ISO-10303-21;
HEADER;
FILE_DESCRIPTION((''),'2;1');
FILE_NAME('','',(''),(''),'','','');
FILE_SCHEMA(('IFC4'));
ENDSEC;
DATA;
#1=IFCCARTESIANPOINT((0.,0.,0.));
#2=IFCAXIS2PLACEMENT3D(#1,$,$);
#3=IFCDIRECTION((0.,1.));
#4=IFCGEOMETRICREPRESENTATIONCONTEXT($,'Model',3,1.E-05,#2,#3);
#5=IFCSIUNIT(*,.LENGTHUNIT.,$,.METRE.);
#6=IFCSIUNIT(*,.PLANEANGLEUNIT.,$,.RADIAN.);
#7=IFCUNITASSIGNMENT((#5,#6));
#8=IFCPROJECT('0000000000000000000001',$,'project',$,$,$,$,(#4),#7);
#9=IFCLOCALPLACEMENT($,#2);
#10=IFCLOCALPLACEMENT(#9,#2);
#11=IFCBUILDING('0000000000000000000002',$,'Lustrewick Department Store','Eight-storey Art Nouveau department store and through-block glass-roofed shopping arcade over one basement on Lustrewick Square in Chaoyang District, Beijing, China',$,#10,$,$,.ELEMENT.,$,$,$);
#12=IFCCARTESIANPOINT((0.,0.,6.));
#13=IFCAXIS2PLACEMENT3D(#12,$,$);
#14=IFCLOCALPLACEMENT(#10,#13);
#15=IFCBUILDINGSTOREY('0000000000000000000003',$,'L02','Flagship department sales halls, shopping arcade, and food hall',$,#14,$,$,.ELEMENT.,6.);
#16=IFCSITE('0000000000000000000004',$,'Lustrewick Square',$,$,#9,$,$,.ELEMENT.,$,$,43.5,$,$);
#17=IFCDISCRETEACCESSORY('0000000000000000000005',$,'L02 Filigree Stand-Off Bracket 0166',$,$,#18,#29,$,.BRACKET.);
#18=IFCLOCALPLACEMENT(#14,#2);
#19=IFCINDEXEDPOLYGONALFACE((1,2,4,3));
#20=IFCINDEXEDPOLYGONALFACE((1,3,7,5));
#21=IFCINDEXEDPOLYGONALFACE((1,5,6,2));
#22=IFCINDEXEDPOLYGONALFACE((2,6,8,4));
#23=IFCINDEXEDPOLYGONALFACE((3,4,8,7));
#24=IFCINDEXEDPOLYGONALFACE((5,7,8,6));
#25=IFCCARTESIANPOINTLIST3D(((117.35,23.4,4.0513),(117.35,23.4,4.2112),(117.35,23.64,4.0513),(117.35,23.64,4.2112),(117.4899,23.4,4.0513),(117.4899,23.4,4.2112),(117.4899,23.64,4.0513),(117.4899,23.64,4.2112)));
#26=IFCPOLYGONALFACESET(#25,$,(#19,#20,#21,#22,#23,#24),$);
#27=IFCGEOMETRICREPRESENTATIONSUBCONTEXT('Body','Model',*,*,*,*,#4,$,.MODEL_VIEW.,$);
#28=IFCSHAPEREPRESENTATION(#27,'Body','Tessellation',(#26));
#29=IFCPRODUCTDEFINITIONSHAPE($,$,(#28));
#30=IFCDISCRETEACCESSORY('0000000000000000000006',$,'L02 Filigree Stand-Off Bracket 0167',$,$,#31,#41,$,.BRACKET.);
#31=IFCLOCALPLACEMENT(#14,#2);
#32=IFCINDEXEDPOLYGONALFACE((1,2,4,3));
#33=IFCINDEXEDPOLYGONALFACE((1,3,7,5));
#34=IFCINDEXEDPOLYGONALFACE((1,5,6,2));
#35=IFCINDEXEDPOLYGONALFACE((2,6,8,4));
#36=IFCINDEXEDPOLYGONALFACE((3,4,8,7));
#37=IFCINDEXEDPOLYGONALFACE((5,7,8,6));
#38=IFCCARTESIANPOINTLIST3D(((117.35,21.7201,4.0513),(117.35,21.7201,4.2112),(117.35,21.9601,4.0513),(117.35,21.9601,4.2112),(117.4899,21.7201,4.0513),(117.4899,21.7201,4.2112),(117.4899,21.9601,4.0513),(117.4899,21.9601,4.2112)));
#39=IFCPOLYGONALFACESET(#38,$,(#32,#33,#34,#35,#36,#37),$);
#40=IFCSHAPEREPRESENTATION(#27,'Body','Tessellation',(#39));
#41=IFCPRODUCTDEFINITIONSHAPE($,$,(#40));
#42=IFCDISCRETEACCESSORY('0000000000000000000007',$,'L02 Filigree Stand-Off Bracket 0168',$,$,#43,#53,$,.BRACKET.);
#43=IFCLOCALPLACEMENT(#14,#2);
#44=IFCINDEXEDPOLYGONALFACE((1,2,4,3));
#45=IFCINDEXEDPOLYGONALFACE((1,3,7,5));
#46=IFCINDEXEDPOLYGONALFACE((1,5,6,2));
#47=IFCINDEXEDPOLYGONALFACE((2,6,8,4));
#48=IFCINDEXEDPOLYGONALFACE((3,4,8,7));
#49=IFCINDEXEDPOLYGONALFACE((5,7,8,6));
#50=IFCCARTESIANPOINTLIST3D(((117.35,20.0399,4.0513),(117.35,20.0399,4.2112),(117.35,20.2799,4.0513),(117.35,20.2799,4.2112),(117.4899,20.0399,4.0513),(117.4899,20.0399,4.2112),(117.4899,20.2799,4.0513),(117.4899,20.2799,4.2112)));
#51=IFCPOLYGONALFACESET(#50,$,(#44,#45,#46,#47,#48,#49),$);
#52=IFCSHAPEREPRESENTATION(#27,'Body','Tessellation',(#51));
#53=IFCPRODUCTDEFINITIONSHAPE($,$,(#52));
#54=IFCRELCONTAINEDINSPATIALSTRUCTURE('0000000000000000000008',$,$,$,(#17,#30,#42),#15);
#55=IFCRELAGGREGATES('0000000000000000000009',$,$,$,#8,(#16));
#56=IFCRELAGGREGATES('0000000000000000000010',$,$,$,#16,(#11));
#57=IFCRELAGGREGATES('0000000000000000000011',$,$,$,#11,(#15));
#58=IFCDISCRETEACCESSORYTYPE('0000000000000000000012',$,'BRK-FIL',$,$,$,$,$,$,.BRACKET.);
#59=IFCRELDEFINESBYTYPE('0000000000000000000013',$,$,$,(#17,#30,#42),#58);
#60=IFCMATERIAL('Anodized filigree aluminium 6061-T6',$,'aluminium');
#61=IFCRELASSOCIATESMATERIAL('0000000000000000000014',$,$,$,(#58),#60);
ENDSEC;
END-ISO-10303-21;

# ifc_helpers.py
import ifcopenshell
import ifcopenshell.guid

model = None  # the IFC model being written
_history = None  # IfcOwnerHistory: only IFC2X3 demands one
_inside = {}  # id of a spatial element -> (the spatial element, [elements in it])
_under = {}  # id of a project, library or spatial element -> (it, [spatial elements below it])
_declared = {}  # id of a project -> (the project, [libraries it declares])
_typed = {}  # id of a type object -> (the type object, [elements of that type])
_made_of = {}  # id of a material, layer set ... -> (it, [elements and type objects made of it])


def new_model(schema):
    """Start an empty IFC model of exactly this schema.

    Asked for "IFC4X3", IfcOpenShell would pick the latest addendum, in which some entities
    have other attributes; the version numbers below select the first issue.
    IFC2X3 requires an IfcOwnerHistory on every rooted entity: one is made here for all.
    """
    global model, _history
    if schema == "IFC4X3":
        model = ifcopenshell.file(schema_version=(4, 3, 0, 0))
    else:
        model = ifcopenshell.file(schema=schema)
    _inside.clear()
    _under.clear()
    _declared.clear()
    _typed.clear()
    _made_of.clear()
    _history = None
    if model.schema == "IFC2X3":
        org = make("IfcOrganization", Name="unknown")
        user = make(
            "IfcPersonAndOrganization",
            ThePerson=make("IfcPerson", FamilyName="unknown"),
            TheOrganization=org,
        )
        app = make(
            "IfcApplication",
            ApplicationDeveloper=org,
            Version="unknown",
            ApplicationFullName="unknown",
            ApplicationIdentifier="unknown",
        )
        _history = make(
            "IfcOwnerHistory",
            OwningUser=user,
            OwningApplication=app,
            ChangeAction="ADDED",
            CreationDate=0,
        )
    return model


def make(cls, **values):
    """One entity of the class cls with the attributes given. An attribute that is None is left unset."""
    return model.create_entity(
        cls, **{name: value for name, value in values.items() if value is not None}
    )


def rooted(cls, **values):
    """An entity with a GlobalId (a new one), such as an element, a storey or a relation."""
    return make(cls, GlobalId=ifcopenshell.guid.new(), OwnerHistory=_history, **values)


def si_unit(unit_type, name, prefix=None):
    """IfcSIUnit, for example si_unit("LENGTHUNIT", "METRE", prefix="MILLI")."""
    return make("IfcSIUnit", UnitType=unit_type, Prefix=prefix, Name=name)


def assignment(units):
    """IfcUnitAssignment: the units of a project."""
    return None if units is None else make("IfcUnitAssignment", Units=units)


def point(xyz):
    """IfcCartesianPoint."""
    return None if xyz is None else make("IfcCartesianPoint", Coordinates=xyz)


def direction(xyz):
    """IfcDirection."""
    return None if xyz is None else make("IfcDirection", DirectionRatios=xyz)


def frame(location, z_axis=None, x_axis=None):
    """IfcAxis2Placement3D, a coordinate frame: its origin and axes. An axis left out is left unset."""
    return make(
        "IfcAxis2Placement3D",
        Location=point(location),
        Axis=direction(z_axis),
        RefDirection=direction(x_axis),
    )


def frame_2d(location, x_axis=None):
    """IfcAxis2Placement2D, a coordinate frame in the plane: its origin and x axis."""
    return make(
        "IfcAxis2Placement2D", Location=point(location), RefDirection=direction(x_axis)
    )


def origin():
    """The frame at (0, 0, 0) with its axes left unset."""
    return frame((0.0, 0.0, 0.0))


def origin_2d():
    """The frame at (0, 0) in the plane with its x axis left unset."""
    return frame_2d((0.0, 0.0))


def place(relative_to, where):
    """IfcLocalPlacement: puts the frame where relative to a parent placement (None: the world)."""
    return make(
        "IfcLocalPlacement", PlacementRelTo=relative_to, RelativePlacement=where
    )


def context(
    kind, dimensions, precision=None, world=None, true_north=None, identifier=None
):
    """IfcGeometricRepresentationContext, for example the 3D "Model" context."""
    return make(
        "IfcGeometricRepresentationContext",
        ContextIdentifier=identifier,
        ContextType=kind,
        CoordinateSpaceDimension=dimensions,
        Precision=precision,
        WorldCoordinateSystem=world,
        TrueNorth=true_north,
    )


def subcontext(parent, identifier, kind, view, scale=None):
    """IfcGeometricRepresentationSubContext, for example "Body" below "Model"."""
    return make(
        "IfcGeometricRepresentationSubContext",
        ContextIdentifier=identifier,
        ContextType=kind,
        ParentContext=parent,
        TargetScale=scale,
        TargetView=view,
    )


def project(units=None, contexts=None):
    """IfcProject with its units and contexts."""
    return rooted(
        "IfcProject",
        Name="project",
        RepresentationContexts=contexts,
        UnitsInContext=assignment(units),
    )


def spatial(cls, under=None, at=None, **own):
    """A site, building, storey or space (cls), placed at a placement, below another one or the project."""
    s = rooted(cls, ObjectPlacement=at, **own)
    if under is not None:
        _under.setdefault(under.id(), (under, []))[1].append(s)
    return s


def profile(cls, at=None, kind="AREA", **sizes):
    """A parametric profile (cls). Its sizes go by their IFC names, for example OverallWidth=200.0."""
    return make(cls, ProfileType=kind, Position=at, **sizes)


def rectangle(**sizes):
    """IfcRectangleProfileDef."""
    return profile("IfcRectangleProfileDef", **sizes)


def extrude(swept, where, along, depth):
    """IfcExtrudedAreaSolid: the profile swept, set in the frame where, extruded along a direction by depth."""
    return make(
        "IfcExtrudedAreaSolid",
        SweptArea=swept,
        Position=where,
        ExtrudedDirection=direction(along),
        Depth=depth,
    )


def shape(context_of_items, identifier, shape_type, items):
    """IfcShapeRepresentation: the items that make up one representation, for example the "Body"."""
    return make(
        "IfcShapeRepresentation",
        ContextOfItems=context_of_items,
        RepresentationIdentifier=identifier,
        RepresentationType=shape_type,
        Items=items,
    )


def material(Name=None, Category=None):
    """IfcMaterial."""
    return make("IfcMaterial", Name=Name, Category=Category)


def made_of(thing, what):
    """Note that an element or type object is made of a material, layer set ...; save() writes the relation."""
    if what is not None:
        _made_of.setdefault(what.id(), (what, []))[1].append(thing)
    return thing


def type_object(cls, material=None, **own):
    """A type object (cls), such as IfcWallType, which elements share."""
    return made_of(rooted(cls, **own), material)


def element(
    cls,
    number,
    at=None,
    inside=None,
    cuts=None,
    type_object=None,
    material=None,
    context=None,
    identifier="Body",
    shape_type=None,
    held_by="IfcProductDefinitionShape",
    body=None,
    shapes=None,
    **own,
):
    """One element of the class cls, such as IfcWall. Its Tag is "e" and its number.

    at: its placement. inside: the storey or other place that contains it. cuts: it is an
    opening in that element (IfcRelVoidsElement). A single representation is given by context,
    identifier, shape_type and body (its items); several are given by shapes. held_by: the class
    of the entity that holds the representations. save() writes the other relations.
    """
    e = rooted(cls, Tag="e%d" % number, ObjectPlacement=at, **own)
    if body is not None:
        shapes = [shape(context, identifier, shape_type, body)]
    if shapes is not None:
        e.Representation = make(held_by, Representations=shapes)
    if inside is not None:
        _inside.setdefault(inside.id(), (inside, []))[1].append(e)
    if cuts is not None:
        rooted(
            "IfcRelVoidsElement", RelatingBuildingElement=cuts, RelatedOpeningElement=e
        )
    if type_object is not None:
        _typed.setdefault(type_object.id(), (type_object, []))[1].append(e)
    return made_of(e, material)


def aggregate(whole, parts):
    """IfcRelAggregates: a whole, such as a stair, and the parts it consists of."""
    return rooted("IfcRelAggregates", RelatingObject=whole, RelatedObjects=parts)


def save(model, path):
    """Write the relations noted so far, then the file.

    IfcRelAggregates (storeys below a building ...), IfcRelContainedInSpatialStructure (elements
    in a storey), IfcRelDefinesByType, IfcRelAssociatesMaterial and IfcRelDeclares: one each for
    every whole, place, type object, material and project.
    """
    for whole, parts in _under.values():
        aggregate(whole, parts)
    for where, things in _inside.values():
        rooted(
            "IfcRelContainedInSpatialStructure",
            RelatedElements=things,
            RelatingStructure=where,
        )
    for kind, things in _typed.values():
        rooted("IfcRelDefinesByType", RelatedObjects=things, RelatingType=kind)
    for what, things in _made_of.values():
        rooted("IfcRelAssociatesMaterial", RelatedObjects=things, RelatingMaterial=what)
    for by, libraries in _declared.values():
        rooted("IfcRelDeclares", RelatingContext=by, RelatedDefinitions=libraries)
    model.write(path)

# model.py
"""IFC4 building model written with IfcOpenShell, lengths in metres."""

from ifc_helpers import new_model, si_unit, direction, frame, origin, origin_2d, place, context, subcontext, project, spatial, rectangle, extrude, material, type_object, element, save


model = new_model("IFC4")

# Units and contexts
model_context = context("Model", 3, precision=1e-05, world=origin(), true_north=direction((0.0, 1.0)))
body_context = subcontext(model_context, "Body", "Model", "MODEL_VIEW")
ifc_project = project(units=[si_unit("LENGTHUNIT", "METRE"), si_unit("PLANEANGLEUNIT", "RADIAN")], contexts=[model_context])

# Site, building, storey
site_placement = place(None, origin())
site = spatial("IfcSite", under=ifc_project, at=site_placement, Name="Lustrewick Square", CompositionType="ELEMENT", RefElevation=43.5)
building_placement = place(site_placement, origin())
building = spatial("IfcBuilding", under=site, at=building_placement, Name="Lustrewick Department Store", Description="Eight-storey Art Nouveau department store and through-block glass-roofed shopping arcade over one basement on Lustrewick Square in Chaoyang District, Beijing, China", CompositionType="ELEMENT")
storey_placement = place(building_placement, frame((0.0, 0.0, 6.0)))
storey = spatial("IfcBuildingStorey", under=building, at=storey_placement, Name="L02", Description="Flagship department sales halls, shopping arcade, and food hall", CompositionType="ELEMENT", Elevation=6.0)

# Discrete accessories
ifc_material_1 = material(Name="Anodized filigree aluminium 6061-T6", Category="aluminium")
discrete_accessory_type = type_object("IfcDiscreteAccessoryType", Name="BRK-FIL", PredefinedType="BRACKET", material=ifc_material_1)
for number, where, z_axis, x_axis, name in (
    (1, (117.4199, 23.52, 4.0513), (0.0, 0.0, 1.0), (0.0, -1.0, 0.0), "L02 Filigree Stand-Off Bracket 0166"),
    (2, (117.4199, 21.8401, 4.0513), (0.0, 0.0, 1.0), (0.0, -1.0, 0.0), "L02 Filigree Stand-Off Bracket 0167"),
    (3, (117.4199, 20.1599, 4.0513), (0.0, 0.0, 1.0), (0.0, -1.0, 0.0), "L02 Filigree Stand-Off Bracket 0168"),
):
    element("IfcDiscreteAccessory", number, at=place(storey_placement, frame(where, z_axis=z_axis, x_axis=x_axis)), inside=storey, type_object=discrete_accessory_type, Name=name, PredefinedType="BRACKET", context=body_context, shape_type="SweptSolid", body=[
        extrude(rectangle(XDim=0.24, YDim=0.1399, at=origin_2d()), origin(), (0.0, 0.0, 1.0), 0.1599),
    ])

save(model, "model.ifc")
